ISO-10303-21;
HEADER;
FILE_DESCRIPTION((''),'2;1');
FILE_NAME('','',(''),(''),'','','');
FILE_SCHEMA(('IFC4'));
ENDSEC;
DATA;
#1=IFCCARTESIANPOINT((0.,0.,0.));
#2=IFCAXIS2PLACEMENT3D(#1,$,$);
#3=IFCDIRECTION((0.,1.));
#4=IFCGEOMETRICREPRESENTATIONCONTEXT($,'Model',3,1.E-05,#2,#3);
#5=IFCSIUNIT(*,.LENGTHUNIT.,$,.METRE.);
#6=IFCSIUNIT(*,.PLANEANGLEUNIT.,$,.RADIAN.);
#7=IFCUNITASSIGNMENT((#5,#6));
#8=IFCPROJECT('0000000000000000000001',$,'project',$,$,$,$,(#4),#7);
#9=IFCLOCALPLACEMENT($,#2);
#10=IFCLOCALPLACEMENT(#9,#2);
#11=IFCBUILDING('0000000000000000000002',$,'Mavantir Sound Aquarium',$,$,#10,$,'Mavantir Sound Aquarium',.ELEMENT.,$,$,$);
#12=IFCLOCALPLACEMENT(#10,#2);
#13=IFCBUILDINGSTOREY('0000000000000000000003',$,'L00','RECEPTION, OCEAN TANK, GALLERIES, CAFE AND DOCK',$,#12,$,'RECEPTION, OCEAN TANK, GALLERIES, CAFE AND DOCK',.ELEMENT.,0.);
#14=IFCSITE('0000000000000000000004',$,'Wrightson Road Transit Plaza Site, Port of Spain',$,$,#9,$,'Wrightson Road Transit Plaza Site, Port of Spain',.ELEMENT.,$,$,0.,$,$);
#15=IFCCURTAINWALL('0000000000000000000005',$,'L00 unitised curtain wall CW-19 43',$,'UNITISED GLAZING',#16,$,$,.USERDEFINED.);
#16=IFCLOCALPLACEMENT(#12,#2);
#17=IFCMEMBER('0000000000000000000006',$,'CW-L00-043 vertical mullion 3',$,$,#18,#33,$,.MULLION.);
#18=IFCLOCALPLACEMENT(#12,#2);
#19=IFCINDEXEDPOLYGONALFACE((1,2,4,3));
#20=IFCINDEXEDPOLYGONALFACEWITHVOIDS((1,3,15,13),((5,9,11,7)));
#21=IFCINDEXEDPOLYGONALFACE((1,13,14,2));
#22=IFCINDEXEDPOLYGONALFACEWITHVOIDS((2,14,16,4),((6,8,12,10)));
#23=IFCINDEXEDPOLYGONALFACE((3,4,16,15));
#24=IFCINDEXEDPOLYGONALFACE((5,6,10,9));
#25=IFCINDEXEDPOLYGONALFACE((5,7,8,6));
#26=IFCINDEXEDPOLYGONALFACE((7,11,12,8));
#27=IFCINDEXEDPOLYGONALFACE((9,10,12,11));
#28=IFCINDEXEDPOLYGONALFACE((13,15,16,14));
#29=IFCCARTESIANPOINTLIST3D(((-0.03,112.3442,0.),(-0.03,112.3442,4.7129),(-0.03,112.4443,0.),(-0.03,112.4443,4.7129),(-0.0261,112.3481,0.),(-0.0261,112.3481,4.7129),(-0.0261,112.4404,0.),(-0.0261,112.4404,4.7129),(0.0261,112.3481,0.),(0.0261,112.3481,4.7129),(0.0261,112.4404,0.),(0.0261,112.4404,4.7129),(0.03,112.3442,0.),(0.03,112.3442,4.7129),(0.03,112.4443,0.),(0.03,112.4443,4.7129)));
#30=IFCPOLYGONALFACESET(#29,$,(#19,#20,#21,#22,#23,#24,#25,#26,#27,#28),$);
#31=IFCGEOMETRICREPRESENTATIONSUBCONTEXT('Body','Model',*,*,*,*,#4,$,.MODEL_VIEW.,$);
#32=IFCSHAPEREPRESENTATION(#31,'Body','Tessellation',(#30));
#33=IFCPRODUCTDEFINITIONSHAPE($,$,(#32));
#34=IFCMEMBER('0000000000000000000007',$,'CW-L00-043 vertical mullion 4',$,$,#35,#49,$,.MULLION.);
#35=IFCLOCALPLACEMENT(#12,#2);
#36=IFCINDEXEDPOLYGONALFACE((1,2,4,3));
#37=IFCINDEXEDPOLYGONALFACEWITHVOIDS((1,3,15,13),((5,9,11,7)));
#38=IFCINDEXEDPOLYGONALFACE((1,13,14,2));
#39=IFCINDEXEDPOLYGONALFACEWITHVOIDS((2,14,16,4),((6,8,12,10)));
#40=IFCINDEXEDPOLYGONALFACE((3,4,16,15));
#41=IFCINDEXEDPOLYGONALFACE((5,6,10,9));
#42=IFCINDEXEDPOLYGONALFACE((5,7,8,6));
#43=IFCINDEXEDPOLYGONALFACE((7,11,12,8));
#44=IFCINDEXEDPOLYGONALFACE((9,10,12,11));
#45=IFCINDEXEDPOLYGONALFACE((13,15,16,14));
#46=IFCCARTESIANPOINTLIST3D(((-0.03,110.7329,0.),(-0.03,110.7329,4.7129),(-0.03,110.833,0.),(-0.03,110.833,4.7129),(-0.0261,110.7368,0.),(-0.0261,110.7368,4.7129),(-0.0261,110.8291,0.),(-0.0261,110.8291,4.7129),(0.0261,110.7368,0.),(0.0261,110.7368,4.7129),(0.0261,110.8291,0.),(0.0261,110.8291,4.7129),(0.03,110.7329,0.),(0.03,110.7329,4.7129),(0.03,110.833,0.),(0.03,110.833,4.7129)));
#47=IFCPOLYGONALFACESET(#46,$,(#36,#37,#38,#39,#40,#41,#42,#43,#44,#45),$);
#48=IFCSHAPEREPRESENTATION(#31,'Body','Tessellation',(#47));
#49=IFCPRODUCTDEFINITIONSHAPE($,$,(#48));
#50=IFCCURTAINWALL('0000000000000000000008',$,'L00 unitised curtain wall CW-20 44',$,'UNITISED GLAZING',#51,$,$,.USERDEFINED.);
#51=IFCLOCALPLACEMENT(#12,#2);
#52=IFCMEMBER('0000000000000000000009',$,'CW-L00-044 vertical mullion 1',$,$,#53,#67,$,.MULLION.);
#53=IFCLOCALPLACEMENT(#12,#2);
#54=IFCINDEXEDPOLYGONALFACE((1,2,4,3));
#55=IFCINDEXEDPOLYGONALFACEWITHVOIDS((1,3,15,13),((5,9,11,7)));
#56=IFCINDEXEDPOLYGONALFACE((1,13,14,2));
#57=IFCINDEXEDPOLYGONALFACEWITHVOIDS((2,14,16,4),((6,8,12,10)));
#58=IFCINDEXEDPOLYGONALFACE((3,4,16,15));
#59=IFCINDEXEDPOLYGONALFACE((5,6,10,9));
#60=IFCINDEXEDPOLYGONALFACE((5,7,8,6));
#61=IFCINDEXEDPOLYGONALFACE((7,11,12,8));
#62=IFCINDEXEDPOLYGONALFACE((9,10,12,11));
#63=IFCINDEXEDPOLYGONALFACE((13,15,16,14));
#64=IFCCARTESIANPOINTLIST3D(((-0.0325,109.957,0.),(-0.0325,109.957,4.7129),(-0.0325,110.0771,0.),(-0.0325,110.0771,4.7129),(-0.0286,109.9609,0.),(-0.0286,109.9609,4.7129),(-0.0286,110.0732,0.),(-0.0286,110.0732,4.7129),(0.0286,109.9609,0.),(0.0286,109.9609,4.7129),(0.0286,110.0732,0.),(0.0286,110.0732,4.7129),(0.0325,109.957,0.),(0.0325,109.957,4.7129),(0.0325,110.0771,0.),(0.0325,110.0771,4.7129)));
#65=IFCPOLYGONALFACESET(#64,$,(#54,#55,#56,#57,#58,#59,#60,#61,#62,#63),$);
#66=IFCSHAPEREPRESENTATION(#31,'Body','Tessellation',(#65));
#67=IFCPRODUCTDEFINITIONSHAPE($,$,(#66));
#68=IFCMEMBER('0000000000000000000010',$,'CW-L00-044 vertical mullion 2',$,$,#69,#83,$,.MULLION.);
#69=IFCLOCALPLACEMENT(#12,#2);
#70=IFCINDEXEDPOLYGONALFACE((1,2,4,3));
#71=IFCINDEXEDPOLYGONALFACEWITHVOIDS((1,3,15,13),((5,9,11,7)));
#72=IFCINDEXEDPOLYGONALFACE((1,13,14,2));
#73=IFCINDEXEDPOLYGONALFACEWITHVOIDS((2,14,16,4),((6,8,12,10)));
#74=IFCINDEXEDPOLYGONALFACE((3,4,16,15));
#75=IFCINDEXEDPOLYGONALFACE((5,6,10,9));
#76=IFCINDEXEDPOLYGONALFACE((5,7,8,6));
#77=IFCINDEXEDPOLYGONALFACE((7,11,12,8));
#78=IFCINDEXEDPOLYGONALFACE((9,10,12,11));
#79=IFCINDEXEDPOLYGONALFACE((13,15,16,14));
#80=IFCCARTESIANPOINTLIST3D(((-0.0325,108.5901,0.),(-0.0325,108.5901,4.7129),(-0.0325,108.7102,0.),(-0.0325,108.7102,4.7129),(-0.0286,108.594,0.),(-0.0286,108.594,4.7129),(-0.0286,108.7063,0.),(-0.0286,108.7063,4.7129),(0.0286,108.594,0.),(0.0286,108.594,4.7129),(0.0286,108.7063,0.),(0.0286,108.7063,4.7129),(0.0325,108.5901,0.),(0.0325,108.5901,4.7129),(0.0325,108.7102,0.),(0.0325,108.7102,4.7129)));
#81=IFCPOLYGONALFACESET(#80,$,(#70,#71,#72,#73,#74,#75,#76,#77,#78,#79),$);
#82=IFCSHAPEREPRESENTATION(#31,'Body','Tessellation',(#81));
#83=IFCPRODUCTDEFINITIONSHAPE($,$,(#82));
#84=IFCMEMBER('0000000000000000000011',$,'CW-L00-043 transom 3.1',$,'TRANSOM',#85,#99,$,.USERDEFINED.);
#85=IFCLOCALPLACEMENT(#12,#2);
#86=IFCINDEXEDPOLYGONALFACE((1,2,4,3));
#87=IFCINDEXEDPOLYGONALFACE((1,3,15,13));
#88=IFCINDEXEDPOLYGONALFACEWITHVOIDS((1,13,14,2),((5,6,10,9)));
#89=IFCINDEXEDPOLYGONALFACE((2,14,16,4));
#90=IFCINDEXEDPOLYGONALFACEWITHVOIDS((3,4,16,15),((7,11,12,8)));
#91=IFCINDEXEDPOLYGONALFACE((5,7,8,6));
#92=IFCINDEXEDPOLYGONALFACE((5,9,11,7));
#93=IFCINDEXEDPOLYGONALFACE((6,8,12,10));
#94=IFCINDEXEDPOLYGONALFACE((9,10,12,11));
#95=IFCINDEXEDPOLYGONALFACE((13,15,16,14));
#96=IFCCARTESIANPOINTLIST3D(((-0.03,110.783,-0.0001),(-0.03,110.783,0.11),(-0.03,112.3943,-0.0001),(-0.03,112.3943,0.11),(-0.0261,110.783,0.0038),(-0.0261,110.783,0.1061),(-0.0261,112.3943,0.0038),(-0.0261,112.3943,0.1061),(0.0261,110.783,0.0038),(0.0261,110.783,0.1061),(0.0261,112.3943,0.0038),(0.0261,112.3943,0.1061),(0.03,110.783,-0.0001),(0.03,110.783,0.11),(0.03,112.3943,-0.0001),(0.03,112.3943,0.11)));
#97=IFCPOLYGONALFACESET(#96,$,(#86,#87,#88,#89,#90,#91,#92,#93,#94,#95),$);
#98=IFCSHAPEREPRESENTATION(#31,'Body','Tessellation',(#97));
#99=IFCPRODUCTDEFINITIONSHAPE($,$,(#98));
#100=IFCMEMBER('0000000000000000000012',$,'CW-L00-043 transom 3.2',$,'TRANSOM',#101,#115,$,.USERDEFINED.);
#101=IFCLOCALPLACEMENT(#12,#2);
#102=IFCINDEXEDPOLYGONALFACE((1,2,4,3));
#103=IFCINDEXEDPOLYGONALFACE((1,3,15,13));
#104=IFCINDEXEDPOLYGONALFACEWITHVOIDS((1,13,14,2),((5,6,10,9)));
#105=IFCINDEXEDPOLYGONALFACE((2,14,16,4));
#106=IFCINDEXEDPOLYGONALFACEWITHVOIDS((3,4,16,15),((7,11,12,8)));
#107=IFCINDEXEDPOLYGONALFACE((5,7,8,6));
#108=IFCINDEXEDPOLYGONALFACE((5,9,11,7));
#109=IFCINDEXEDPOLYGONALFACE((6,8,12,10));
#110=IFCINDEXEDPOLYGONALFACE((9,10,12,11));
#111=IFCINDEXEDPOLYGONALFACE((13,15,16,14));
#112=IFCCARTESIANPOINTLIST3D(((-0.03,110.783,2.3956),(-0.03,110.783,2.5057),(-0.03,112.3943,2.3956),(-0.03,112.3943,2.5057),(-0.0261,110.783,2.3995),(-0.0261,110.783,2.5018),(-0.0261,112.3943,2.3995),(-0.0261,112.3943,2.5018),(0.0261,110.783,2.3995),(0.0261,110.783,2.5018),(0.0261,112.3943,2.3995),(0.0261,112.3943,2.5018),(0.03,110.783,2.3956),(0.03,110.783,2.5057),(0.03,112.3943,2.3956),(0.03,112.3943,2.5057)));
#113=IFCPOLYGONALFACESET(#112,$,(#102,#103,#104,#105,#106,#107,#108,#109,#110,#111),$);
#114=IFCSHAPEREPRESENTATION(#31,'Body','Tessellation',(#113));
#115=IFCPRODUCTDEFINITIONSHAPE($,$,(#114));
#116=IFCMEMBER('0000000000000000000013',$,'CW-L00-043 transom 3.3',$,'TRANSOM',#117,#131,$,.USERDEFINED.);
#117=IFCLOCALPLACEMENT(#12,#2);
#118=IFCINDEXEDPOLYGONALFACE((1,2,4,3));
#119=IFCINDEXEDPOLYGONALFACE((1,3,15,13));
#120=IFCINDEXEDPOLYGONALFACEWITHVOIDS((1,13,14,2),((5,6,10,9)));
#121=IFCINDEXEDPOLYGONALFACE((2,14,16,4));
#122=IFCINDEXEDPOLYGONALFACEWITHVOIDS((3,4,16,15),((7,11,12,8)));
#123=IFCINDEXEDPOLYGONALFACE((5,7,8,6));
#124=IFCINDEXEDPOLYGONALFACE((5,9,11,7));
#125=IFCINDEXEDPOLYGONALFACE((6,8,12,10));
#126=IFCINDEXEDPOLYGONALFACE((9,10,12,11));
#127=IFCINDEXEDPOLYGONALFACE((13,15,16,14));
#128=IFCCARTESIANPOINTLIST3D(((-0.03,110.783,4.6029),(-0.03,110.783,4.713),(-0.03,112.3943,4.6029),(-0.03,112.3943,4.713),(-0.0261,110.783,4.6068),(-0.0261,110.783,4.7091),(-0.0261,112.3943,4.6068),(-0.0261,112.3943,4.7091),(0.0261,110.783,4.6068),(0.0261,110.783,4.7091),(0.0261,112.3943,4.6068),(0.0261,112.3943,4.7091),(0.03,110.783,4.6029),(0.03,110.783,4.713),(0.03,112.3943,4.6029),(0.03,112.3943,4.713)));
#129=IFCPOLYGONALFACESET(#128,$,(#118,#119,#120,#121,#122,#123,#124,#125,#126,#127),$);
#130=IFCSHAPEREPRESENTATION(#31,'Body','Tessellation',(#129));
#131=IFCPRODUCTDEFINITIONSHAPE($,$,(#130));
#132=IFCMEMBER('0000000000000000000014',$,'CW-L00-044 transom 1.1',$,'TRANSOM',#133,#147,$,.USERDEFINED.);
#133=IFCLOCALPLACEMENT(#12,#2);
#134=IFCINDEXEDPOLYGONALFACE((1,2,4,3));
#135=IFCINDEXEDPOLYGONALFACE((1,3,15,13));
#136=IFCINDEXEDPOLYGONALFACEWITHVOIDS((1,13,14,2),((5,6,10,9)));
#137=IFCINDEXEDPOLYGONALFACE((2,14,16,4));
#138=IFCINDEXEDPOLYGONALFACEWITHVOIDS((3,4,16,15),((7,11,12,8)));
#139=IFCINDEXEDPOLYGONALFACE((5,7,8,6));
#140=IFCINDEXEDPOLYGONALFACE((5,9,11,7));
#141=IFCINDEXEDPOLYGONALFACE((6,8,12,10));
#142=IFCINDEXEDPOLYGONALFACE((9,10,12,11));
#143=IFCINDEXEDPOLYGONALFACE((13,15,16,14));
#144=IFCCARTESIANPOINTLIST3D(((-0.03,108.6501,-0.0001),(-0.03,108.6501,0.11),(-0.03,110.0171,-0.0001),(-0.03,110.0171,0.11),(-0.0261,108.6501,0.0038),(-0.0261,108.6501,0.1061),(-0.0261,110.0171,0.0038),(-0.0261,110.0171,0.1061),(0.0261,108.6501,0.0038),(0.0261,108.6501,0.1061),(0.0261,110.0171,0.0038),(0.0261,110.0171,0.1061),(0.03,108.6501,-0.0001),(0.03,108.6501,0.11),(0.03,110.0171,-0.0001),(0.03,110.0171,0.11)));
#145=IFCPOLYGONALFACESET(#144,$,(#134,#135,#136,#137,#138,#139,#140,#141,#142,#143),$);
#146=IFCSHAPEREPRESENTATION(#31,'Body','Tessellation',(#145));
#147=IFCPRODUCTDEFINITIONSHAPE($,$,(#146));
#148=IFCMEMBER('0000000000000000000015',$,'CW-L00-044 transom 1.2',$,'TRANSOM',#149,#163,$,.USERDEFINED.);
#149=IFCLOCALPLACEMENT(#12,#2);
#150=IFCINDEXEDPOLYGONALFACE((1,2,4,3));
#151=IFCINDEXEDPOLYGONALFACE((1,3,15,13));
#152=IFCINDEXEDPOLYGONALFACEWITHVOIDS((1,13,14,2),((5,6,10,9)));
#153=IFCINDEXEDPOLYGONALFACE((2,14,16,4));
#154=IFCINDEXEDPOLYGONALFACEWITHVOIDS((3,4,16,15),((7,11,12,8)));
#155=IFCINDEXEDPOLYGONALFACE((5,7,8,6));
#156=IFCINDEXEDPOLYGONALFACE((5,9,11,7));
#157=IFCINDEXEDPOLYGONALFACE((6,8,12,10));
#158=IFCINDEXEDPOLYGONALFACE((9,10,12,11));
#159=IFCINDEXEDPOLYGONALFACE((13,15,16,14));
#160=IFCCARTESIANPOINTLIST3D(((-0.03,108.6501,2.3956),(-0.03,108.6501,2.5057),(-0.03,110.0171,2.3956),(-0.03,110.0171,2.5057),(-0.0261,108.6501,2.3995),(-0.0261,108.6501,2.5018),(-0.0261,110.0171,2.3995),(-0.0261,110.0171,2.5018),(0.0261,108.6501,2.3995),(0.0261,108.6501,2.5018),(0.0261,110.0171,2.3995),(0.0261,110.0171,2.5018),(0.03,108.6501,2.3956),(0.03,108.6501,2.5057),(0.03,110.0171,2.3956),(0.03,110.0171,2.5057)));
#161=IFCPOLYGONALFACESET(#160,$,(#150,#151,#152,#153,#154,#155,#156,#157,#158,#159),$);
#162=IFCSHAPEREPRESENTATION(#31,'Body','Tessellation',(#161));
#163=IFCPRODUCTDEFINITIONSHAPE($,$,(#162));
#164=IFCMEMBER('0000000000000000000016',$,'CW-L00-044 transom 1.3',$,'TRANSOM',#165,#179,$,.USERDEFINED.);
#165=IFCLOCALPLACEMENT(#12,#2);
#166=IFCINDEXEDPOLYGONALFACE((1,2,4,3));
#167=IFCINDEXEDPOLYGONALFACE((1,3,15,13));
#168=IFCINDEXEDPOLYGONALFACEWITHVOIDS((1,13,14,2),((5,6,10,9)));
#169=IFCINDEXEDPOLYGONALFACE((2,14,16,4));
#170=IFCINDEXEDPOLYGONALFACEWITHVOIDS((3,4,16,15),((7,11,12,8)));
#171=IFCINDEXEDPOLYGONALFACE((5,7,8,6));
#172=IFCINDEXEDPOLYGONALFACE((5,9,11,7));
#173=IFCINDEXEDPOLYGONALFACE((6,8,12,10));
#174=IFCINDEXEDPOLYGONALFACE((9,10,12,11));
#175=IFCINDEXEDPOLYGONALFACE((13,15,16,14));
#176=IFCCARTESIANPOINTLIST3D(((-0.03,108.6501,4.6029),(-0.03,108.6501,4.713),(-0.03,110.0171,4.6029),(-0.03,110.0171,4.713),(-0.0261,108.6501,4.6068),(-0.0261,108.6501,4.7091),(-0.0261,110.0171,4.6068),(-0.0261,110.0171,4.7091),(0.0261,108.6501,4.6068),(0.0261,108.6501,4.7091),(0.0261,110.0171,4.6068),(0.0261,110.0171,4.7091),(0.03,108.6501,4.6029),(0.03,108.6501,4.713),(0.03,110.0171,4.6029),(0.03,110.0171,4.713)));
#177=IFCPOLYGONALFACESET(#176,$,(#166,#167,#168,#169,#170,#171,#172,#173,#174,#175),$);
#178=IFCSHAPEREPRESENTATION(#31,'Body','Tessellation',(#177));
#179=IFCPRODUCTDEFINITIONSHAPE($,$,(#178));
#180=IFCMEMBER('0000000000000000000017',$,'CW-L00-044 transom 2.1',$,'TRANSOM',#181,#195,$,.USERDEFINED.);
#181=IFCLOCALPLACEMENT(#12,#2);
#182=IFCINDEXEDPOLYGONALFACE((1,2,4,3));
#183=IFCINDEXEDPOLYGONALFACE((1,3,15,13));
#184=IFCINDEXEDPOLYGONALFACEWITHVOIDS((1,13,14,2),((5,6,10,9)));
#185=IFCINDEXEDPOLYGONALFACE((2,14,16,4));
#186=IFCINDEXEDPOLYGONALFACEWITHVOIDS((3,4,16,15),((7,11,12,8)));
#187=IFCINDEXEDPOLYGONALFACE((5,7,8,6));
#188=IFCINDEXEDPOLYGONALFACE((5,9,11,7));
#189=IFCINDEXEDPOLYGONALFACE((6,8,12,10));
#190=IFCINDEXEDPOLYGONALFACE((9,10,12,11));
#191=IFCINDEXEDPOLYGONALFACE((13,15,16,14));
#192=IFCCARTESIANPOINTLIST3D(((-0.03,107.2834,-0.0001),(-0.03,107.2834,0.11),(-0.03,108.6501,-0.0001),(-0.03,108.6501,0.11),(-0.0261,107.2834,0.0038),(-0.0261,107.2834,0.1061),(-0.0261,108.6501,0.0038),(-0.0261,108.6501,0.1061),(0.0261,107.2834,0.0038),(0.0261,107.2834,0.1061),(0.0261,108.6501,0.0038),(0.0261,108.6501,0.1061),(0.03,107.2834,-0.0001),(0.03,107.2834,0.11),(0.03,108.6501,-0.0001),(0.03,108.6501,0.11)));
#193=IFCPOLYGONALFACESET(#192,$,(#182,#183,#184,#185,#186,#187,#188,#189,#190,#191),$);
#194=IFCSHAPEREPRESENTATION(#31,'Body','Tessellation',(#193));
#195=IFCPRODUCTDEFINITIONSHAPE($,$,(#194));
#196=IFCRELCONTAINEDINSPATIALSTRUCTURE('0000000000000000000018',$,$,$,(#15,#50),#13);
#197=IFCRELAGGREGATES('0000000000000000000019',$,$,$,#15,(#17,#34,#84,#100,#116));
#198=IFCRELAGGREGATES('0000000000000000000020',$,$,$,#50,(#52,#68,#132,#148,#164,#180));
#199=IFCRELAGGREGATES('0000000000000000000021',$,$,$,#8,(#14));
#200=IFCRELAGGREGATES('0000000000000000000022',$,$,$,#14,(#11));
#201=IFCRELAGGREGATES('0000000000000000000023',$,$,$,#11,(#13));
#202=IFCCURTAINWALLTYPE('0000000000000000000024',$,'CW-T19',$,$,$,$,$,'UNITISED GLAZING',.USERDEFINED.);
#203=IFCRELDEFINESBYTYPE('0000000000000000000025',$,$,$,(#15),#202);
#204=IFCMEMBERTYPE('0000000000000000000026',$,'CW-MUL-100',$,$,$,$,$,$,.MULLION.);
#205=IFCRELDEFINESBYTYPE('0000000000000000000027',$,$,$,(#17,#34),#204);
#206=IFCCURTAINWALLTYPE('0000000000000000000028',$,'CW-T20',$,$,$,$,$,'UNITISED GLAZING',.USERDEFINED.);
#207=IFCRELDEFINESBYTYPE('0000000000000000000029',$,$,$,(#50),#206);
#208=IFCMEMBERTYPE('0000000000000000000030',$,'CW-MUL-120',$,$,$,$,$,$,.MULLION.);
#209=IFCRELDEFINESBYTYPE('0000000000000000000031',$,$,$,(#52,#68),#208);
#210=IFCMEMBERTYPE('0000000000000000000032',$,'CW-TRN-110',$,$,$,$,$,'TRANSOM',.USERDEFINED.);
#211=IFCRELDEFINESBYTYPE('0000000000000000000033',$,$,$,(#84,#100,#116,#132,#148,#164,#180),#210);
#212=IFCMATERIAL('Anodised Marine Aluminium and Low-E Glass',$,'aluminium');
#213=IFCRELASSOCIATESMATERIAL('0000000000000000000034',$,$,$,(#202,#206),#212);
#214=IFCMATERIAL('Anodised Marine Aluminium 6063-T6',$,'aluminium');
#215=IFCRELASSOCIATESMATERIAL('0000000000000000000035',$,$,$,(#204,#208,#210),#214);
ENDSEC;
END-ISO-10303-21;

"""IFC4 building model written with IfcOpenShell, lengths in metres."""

from ifc_helpers import new_model, si_unit, direction, frame, origin, origin_2d, place, context, subcontext, project, spatial, hollow_rectangle, extrude, material, material_profile, profile_set, type_object, element, aggregate, save


model = new_model("IFC4")

# Units and contexts
model_context = context("Model", 3, precision=1e-05, world=origin(), true_north=direction((0.0, 1.0)))
body_context = subcontext(model_context, "Body", "Model", "MODEL_VIEW")
ifc_project = project(units=[si_unit("LENGTHUNIT", "METRE"), si_unit("PLANEANGLEUNIT", "RADIAN")], contexts=[model_context])

# Site, building, storey
site_placement = place(None, origin())
site = spatial("IfcSite", under=ifc_project, at=site_placement, Name="Wrightson Road Transit Plaza Site, Port of Spain", LongName="Wrightson Road Transit Plaza Site, Port of Spain", CompositionType="ELEMENT", RefElevation=0.0)
building_placement = place(site_placement, origin())
building = spatial("IfcBuilding", under=site, at=building_placement, Name="Mavantir Sound Aquarium", LongName="Mavantir Sound Aquarium", CompositionType="ELEMENT")
storey_placement = place(building_placement, origin())
storey = spatial("IfcBuildingStorey", under=building, at=storey_placement, Name="L00", Description="RECEPTION, OCEAN TANK, GALLERIES, CAFE AND DOCK", LongName="RECEPTION, OCEAN TANK, GALLERIES, CAFE AND DOCK", CompositionType="ELEMENT", Elevation=0.0)

# Curtain walls, members
ifc_material_1 = material(Name="Anodised Marine Aluminium and Low-E Glass", Category="aluminium")
curtain_wall_type_1 = type_object("IfcCurtainWallType", Name="CW-T19", ElementType="UNITISED GLAZING", PredefinedType="USERDEFINED", material=ifc_material_1)
curtain_wall_1_placement = place(storey_placement, origin())
curtain_wall_1 = element("IfcCurtainWall", 1, at=curtain_wall_1_placement, inside=storey, type_object=curtain_wall_type_1, Name="L00 unitised curtain wall CW-19 43", ObjectType="UNITISED GLAZING", PredefinedType="USERDEFINED")
ifc_material_2 = material(Name="Anodised Marine Aluminium 6063-T6", Category="aluminium")
ifc_material_profile_1 = material_profile(ifc_material_2, hollow_rectangle(XDim=0.0601, YDim=0.1001, WallThickness=0.0039, at=origin_2d()), Name="ALU-MULLION-100X60")
ifc_profile_set_1 = profile_set([ifc_material_profile_1], Name="Anodised Marine Aluminium 6063-T6")
member_type_1 = type_object("IfcMemberType", Name="CW-MUL-100", PredefinedType="MULLION", material=ifc_profile_set_1)
member_1_placement = place(storey_placement, frame((0.0, 112.3943, 0.0), z_axis=(0.0, 0.0, 1.0), x_axis=(1.0, 0.0, 0.0)))
member_1 = element("IfcMember", 2, at=member_1_placement, type_object=member_type_1, Name="CW-L00-043 vertical mullion 3", PredefinedType="MULLION", context=body_context, shape_type="SweptSolid", body=[
    extrude(hollow_rectangle(XDim=0.0601, YDim=0.1001, WallThickness=0.0039, at=origin_2d()), origin(), (0.0, 0.0, 1.0), 4.7129),
])
member_2_placement = place(storey_placement, frame((0.0, 110.783, 0.0), z_axis=(0.0, 0.0, 1.0), x_axis=(1.0, 0.0, 0.0)))
member_2 = element("IfcMember", 3, at=member_2_placement, type_object=member_type_1, Name="CW-L00-043 vertical mullion 4", PredefinedType="MULLION", context=body_context, shape_type="SweptSolid", body=[
    extrude(hollow_rectangle(XDim=0.0601, YDim=0.1001, WallThickness=0.0039, at=origin_2d()), origin(), (0.0, 0.0, 1.0), 4.7129),
])
curtain_wall_type_2 = type_object("IfcCurtainWallType", Name="CW-T20", ElementType="UNITISED GLAZING", PredefinedType="USERDEFINED", material=ifc_material_1)
curtain_wall_2_placement = place(storey_placement, origin())
curtain_wall_2 = element("IfcCurtainWall", 4, at=curtain_wall_2_placement, inside=storey, type_object=curtain_wall_type_2, Name="L00 unitised curtain wall CW-20 44", ObjectType="UNITISED GLAZING", PredefinedType="USERDEFINED")
ifc_material_profile_2 = material_profile(ifc_material_2, hollow_rectangle(XDim=0.0649, YDim=0.1201, WallThickness=0.0039, at=origin_2d()), Name="ALU-MULLION-120X65")
ifc_profile_set_2 = profile_set([ifc_material_profile_2], Name="Anodised Marine Aluminium 6063-T6")
member_type_2 = type_object("IfcMemberType", Name="CW-MUL-120", PredefinedType="MULLION", material=ifc_profile_set_2)
member_3_placement = place(storey_placement, frame((0.0, 110.0171, 0.0), z_axis=(0.0, 0.0, 1.0), x_axis=(1.0, 0.0, 0.0)))
member_3 = element("IfcMember", 5, at=member_3_placement, type_object=member_type_2, Name="CW-L00-044 vertical mullion 1", PredefinedType="MULLION", context=body_context, shape_type="SweptSolid", body=[
    extrude(hollow_rectangle(XDim=0.0649, YDim=0.1201, WallThickness=0.0039, at=origin_2d()), origin(), (0.0, 0.0, 1.0), 4.7129),
])
member_4_placement = place(storey_placement, frame((0.0, 108.6501, 0.0), z_axis=(0.0, 0.0, 1.0), x_axis=(1.0, 0.0, 0.0)))
member_4 = element("IfcMember", 6, at=member_4_placement, type_object=member_type_2, Name="CW-L00-044 vertical mullion 2", PredefinedType="MULLION", context=body_context, shape_type="SweptSolid", body=[
    extrude(hollow_rectangle(XDim=0.0649, YDim=0.1201, WallThickness=0.0039, at=origin_2d()), origin(), (0.0, 0.0, 1.0), 4.7129),
])

# Members
ifc_material_profile_3 = material_profile(ifc_material_2, hollow_rectangle(XDim=0.0601, YDim=0.1101, WallThickness=0.0039, at=origin_2d()), Name="ALU-TRANSOM-110X60")
ifc_profile_set_3 = profile_set([ifc_material_profile_3], Name="Anodised Marine Aluminium 6063-T6")
member_type_3 = type_object("IfcMemberType", Name="CW-TRN-110", ElementType="TRANSOM", PredefinedType="USERDEFINED", material=ifc_profile_set_3)
member_5_placement = place(storey_placement, frame((0.0, 112.3943, 0.0549), z_axis=(0.0, -1.0, 0.0), x_axis=(1.0, 0.0, 0.0)))
member_5 = element("IfcMember", 7, at=member_5_placement, type_object=member_type_3, Name="CW-L00-043 transom 3.1", ObjectType="TRANSOM", PredefinedType="USERDEFINED", context=body_context, shape_type="SweptSolid", body=[
    extrude(hollow_rectangle(XDim=0.0601, YDim=0.1101, WallThickness=0.0039, at=origin_2d()), origin(), (0.0, 0.0, 1.0), 1.6113),
])
member_6_placement = place(storey_placement, frame((0.0, 112.3943, 2.4507), z_axis=(0.0, -1.0, 0.0), x_axis=(1.0, 0.0, 0.0)))
member_6 = element("IfcMember", 8, at=member_6_placement, type_object=member_type_3, Name="CW-L00-043 transom 3.2", ObjectType="TRANSOM", PredefinedType="USERDEFINED", context=body_context, shape_type="SweptSolid", body=[
    extrude(hollow_rectangle(XDim=0.0601, YDim=0.1101, WallThickness=0.0039, at=origin_2d()), origin(), (0.0, 0.0, 1.0), 1.6113),
])
member_7_placement = place(storey_placement, frame((0.0, 112.3943, 4.658), z_axis=(0.0, -1.0, 0.0), x_axis=(1.0, 0.0, 0.0)))
member_7 = element("IfcMember", 9, at=member_7_placement, type_object=member_type_3, Name="CW-L00-043 transom 3.3", ObjectType="TRANSOM", PredefinedType="USERDEFINED", context=body_context, shape_type="SweptSolid", body=[
    extrude(hollow_rectangle(XDim=0.0601, YDim=0.1101, WallThickness=0.0039, at=origin_2d()), origin(), (0.0, 0.0, 1.0), 1.6113),
])
member_8_placement = place(storey_placement, frame((0.0, 110.0171, 0.0549), z_axis=(0.0, -1.0, 0.0), x_axis=(1.0, 0.0, 0.0)))
member_8 = element("IfcMember", 10, at=member_8_placement, type_object=member_type_3, Name="CW-L00-044 transom 1.1", ObjectType="TRANSOM", PredefinedType="USERDEFINED", context=body_context, shape_type="SweptSolid", body=[
    extrude(hollow_rectangle(XDim=0.0601, YDim=0.1101, WallThickness=0.0039, at=origin_2d()), origin(), (0.0, 0.0, 1.0), 1.3669),
])
member_9_placement = place(storey_placement, frame((0.0, 110.0171, 2.4507), z_axis=(0.0, -1.0, 0.0), x_axis=(1.0, 0.0, 0.0)))
member_9 = element("IfcMember", 11, at=member_9_placement, type_object=member_type_3, Name="CW-L00-044 transom 1.2", ObjectType="TRANSOM", PredefinedType="USERDEFINED", context=body_context, shape_type="SweptSolid", body=[
    extrude(hollow_rectangle(XDim=0.0601, YDim=0.1101, WallThickness=0.0039, at=origin_2d()), origin(), (0.0, 0.0, 1.0), 1.3669),
])
member_10_placement = place(storey_placement, frame((0.0, 110.0171, 4.658), z_axis=(0.0, -1.0, 0.0), x_axis=(1.0, 0.0, 0.0)))
member_10 = element("IfcMember", 12, at=member_10_placement, type_object=member_type_3, Name="CW-L00-044 transom 1.3", ObjectType="TRANSOM", PredefinedType="USERDEFINED", context=body_context, shape_type="SweptSolid", body=[
    extrude(hollow_rectangle(XDim=0.0601, YDim=0.1101, WallThickness=0.0039, at=origin_2d()), origin(), (0.0, 0.0, 1.0), 1.3669),
])
member_11_placement = place(storey_placement, frame((0.0, 108.6501, 0.0549), z_axis=(0.0, -1.0, 0.0), x_axis=(1.0, 0.0, 0.0)))
member_11 = element("IfcMember", 13, at=member_11_placement, type_object=member_type_3, Name="CW-L00-044 transom 2.1", ObjectType="TRANSOM", PredefinedType="USERDEFINED", context=body_context, shape_type="SweptSolid", body=[
    extrude(hollow_rectangle(XDim=0.0601, YDim=0.1101, WallThickness=0.0039, at=origin_2d()), origin(), (0.0, 0.0, 1.0), 1.3667),
])

aggregate(curtain_wall_1, [member_1, member_2, member_5, member_6, member_7])
aggregate(curtain_wall_2, [member_3, member_4, member_8, member_9, member_10, member_11])

save(model, "model.ifc")
